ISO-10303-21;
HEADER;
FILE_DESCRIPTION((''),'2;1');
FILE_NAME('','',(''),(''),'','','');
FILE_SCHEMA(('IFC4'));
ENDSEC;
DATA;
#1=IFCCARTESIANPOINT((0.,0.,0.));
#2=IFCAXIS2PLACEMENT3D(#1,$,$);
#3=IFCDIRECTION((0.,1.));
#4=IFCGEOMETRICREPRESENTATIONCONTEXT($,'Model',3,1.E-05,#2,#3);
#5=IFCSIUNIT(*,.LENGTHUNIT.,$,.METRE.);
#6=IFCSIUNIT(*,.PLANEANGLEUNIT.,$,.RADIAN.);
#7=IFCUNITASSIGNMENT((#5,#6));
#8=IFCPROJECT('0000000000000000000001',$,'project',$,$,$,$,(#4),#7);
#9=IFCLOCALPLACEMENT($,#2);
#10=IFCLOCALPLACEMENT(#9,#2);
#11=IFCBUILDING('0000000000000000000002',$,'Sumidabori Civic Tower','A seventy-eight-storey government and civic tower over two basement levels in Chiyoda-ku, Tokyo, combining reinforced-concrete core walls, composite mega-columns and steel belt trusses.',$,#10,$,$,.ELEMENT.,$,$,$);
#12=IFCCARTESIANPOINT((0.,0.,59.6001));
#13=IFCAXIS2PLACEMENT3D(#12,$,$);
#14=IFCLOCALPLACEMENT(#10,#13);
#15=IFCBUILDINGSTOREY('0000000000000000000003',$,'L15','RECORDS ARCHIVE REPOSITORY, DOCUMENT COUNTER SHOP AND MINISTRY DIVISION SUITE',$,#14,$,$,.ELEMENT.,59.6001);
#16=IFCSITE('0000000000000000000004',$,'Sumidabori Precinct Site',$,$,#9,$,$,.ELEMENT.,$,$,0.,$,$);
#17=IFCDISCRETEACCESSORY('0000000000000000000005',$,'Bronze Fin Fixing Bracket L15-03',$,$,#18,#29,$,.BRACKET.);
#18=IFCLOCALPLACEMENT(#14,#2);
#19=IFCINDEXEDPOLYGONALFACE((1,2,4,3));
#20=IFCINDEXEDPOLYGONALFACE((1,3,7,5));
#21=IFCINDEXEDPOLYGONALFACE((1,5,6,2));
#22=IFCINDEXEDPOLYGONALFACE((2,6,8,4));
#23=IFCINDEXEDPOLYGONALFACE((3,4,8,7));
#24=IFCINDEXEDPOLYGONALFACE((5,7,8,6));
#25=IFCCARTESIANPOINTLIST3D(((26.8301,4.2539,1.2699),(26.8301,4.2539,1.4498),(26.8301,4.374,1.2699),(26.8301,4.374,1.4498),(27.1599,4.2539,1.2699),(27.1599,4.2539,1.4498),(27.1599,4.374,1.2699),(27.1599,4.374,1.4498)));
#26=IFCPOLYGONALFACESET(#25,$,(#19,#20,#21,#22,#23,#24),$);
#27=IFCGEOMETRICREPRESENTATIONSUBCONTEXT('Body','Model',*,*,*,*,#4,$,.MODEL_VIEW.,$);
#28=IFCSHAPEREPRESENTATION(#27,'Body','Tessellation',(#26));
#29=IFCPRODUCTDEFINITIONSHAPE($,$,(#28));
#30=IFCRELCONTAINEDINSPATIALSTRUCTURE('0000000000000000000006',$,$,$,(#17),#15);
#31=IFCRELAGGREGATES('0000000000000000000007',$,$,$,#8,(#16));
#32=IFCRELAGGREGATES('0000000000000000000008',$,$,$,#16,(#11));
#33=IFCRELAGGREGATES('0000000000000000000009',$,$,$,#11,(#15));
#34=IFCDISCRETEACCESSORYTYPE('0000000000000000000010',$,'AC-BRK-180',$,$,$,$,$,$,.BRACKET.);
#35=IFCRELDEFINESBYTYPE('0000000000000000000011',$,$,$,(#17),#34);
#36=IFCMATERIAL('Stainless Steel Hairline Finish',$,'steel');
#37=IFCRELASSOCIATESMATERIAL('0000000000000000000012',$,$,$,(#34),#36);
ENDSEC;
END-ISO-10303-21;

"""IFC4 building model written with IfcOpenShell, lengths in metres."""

from ifc_helpers import new_model, si_unit, direction, frame, origin, origin_2d, place, context, subcontext, project, spatial, rectangle, extrude, source, transform, mapped, material, material_profile, profile_set, type_object, element, save


model = new_model("IFC4")

# Units and contexts
model_context = context("Model", 3, precision=1e-05, world=origin(), true_north=direction((0.0, 1.0)))
body_context = subcontext(model_context, "Body", "Model", "MODEL_VIEW")
ifc_project = project(units=[si_unit("LENGTHUNIT", "METRE"), si_unit("PLANEANGLEUNIT", "RADIAN")], contexts=[model_context])

# Site, building, storey
site_placement = place(None, origin())
site = spatial("IfcSite", under=ifc_project, at=site_placement, Name="Sumidabori Precinct Site", CompositionType="ELEMENT", RefElevation=0.0)
building_placement = place(site_placement, origin())
building = spatial("IfcBuilding", under=site, at=building_placement, Name="Sumidabori Civic Tower", Description="A seventy-eight-storey government and civic tower over two basement levels in Chiyoda-ku, Tokyo, combining reinforced-concrete core walls, composite mega-columns and steel belt trusses.", CompositionType="ELEMENT")
storey_placement = place(building_placement, frame((0.0, 0.0, 59.6001)))
storey = spatial("IfcBuildingStorey", under=building, at=storey_placement, Name="L15", Description="RECORDS ARCHIVE REPOSITORY, DOCUMENT COUNTER SHOP AND MINISTRY DIVISION SUITE", CompositionType="ELEMENT", Elevation=59.6001)

# Shared definitions
ifc_material_1 = material(Name="Stainless Steel Hairline Finish", Category="steel")

# Discrete accessory
ifc_material_profile_1 = material_profile(ifc_material_1, rectangle(XDim=0.1201, YDim=0.1799, at=origin_2d()), Name="STEEL BRACKET 180x120")
ifc_profile_set_1 = profile_set([ifc_material_profile_1], Name="Stainless Steel Hairline Finish")
discrete_accessory_type = type_object("IfcDiscreteAccessoryType", Name="AC-BRK-180", PredefinedType="BRACKET", material=ifc_profile_set_1)
shared_shape_1 = source(origin(), body_context, "Body", "SweptSolid", [
    extrude(rectangle(XDim=0.1201, YDim=0.1799, at=origin_2d()), origin(), (0.0, 0.0, 1.0), 0.3298),
])
discrete_accessory_placement = place(storey_placement, frame((26.8301, 4.314, 1.3599), z_axis=(1.0, 0.0, 0.0), x_axis=(0.0, 1.0, 0.0)))
element("IfcDiscreteAccessory", 1, at=discrete_accessory_placement, inside=storey, type_object=discrete_accessory_type, Name="Bronze Fin Fixing Bracket L15-03", PredefinedType="BRACKET", context=body_context, shape_type="MappedRepresentation", body=[
    mapped(shared_shape_1, transform((0.0, 0.0, 0.0), x_axis=(1.0, 0.0, 0.0), y_axis=(0.0, 1.0, 0.0), z_axis=(0.0, 0.0, 1.0), scale=1.0)),
])

save(model, "model.ifc")
